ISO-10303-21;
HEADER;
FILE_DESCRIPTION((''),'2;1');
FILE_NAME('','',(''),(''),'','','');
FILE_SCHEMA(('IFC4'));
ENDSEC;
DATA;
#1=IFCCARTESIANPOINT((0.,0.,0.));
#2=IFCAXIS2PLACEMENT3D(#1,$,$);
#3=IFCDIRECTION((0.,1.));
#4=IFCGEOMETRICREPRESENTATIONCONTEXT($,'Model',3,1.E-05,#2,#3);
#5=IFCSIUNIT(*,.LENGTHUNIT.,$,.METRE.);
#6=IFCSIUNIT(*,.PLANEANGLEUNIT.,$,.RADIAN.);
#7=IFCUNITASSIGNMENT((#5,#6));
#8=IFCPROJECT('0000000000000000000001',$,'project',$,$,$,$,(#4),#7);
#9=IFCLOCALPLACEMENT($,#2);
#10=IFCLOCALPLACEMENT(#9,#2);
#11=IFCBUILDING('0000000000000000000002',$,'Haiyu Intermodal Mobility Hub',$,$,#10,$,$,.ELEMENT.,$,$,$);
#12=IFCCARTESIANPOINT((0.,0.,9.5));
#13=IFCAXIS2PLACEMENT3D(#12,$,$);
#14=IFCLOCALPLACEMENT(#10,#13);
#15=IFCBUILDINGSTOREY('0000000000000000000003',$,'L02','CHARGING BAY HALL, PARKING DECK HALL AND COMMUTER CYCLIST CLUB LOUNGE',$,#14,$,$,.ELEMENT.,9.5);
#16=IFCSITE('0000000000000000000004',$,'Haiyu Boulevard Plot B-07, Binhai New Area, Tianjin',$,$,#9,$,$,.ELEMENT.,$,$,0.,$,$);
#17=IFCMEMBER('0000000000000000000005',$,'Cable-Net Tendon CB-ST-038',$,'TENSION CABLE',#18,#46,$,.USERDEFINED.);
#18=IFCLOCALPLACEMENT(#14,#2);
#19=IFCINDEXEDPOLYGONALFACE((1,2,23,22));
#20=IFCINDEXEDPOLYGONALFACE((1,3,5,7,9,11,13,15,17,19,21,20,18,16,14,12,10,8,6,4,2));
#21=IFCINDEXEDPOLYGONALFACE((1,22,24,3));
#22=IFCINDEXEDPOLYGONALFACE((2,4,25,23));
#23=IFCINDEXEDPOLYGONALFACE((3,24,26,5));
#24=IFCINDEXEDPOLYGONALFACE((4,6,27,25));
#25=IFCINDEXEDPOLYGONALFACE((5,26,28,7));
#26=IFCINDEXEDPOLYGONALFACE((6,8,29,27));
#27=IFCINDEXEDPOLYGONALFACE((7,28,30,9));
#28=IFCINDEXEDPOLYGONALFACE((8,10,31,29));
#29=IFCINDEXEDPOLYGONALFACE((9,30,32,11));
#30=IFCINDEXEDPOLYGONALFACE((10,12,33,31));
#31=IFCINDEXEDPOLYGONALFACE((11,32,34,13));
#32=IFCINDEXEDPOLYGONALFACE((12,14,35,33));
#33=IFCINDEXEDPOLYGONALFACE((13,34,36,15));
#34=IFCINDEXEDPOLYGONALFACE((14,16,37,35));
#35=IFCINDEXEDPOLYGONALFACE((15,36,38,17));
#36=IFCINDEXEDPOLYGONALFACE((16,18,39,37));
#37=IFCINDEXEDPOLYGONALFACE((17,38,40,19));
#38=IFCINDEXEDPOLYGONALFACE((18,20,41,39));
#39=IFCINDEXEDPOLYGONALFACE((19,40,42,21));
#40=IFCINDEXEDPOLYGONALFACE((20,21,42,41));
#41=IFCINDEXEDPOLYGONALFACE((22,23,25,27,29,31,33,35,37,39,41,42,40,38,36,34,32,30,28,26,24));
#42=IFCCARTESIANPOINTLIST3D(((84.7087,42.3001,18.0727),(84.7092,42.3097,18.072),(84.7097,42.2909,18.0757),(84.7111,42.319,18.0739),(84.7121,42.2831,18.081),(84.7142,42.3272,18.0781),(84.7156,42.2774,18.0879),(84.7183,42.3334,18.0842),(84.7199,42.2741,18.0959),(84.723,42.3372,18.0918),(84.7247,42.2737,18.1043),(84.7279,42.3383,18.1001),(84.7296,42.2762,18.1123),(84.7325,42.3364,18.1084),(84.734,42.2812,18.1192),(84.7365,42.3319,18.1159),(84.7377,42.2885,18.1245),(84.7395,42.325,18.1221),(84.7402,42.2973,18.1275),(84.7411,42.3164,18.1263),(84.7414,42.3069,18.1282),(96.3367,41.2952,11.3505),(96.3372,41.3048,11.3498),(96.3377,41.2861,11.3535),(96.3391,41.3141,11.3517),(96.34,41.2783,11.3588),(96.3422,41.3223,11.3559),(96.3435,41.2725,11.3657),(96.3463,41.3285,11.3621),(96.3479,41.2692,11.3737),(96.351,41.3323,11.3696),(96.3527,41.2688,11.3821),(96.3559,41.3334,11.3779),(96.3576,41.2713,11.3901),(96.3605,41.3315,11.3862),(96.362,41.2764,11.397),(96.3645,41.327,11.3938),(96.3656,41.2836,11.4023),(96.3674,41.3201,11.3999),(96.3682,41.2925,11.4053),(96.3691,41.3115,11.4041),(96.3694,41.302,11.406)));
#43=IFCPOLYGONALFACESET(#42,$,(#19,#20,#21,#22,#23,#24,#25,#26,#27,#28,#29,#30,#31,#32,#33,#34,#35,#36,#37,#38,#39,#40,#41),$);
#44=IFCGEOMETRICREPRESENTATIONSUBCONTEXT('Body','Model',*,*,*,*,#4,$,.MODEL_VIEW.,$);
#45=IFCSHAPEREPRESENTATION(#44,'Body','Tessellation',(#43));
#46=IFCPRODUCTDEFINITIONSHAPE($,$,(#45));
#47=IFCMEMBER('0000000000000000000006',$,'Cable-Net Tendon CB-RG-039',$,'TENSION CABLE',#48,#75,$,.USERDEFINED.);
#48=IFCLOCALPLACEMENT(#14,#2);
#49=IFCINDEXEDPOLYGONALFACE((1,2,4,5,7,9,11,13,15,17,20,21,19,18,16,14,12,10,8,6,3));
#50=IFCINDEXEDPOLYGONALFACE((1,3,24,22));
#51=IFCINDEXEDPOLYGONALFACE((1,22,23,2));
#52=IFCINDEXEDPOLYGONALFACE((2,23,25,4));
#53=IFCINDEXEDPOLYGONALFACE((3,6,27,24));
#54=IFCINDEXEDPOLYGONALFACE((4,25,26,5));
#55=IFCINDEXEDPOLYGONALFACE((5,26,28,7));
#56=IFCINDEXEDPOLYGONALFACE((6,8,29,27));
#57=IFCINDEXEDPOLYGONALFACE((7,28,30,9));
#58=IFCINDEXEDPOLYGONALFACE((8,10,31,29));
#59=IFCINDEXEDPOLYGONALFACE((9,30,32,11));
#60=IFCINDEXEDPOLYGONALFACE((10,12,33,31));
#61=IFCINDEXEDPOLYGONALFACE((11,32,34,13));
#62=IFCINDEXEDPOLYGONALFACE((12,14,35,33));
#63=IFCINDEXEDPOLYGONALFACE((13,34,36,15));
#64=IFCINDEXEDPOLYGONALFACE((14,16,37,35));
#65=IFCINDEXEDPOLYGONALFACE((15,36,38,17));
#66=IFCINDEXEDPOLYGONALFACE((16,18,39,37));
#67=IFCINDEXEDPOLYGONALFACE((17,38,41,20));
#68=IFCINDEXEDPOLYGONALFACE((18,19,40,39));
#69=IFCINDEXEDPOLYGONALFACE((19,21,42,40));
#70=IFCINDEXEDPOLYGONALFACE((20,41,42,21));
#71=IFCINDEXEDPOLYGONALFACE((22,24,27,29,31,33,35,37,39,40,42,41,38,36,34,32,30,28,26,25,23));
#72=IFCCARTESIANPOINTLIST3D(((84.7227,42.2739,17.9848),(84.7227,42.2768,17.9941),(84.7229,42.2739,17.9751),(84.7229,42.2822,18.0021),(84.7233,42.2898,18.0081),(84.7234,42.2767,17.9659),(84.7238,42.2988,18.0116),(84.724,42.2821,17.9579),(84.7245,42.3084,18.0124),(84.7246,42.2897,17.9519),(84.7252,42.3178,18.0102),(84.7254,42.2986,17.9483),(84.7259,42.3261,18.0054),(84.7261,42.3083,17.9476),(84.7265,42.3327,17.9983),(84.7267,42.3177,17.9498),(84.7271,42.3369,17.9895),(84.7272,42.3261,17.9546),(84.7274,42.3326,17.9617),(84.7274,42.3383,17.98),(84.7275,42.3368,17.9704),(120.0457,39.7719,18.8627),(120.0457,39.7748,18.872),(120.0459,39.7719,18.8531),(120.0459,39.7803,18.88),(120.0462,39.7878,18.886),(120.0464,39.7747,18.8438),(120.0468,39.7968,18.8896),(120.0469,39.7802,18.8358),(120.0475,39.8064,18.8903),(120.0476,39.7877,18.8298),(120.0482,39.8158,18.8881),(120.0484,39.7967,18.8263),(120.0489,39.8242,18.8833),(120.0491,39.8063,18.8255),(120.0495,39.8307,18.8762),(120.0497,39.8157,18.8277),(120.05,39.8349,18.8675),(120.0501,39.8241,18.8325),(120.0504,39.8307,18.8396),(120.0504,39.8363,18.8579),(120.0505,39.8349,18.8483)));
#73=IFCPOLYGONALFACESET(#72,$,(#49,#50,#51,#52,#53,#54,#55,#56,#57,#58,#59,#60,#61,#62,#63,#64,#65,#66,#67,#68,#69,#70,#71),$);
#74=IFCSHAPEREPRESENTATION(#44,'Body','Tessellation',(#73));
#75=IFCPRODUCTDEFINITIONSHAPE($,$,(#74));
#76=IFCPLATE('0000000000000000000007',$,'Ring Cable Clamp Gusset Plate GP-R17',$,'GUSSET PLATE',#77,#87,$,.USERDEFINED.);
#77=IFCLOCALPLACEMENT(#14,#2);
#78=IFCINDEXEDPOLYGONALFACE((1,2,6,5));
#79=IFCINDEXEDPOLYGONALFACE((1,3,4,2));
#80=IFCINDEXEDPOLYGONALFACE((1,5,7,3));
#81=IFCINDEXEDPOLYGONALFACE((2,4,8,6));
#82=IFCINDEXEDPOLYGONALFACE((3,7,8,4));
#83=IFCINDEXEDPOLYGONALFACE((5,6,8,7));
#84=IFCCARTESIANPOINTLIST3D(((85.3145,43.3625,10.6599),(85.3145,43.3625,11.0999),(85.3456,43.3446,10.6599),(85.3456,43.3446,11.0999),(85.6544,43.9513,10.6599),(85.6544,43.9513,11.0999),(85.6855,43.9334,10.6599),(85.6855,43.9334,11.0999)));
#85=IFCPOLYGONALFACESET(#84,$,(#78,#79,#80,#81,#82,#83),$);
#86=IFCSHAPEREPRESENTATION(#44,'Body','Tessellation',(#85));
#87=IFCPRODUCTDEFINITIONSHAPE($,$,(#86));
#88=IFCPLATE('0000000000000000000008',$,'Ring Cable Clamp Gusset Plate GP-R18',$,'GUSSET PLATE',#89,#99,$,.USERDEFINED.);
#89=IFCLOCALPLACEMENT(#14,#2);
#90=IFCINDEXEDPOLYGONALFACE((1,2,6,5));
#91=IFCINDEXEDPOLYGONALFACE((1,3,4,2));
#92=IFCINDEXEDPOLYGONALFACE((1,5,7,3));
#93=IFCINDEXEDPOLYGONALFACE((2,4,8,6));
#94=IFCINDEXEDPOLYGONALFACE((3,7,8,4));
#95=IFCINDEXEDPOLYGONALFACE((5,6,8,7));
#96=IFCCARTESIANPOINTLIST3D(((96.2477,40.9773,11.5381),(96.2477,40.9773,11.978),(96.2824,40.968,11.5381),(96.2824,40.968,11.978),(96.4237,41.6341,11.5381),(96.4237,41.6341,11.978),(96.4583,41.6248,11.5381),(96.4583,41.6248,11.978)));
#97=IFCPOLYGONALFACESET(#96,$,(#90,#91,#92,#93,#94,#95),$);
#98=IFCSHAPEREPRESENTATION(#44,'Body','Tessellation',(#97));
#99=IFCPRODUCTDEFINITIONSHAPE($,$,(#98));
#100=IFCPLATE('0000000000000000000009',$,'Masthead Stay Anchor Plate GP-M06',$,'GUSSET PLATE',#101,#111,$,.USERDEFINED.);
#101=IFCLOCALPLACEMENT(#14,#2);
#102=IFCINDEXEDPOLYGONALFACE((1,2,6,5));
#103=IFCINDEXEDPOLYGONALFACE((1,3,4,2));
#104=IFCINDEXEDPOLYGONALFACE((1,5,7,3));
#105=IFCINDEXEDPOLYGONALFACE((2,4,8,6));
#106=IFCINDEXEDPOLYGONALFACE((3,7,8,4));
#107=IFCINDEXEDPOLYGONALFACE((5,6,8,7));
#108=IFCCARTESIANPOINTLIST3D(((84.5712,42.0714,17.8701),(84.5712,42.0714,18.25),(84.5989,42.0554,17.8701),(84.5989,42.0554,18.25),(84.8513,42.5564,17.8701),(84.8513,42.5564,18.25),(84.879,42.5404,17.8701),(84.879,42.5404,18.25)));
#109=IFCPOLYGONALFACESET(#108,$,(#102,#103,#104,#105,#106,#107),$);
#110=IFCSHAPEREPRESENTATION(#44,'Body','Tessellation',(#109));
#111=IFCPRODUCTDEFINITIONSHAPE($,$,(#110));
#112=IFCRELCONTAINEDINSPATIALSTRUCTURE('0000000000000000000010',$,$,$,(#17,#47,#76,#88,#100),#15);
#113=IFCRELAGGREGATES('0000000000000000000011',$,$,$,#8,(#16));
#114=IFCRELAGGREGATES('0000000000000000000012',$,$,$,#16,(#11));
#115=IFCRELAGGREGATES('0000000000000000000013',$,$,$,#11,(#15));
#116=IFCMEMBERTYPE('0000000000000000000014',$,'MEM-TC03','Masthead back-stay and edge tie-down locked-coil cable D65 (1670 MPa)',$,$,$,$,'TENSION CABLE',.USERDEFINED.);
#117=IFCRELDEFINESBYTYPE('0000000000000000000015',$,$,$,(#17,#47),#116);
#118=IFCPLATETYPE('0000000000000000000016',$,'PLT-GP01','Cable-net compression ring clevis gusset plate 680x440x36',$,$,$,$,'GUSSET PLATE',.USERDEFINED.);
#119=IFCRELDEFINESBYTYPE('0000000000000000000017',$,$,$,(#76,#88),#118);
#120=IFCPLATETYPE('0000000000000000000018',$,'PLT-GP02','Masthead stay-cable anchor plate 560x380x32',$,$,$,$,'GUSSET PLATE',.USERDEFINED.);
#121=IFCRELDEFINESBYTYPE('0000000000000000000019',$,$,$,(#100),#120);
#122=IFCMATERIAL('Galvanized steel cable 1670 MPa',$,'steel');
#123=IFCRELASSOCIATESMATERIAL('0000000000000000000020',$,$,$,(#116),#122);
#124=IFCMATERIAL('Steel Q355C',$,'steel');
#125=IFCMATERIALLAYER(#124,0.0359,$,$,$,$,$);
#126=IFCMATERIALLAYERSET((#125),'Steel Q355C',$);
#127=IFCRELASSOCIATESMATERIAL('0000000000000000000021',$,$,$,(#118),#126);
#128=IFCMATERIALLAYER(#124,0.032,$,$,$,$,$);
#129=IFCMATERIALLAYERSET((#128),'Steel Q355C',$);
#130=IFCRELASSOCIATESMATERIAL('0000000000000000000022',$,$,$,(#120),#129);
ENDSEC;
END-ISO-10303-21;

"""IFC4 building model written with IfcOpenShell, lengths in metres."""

from ifc_helpers import new_model, si_unit, direction, frame, origin, origin_2d, place, context, subcontext, project, spatial, rectangle, circle, extrude, material, layer, layer_set, material_profile, profile_set, type_object, element, save


model = new_model("IFC4")

# Units and contexts
model_context = context("Model", 3, precision=1e-05, world=origin(), true_north=direction((0.0, 1.0)))
body_context = subcontext(model_context, "Body", "Model", "MODEL_VIEW")
ifc_project = project(units=[si_unit("LENGTHUNIT", "METRE"), si_unit("PLANEANGLEUNIT", "RADIAN")], contexts=[model_context])

# Site, building, storey
site_placement = place(None, origin())
site = spatial("IfcSite", under=ifc_project, at=site_placement, Name="Haiyu Boulevard Plot B-07, Binhai New Area, Tianjin", CompositionType="ELEMENT", RefElevation=0.0)
building_placement = place(site_placement, origin())
building = spatial("IfcBuilding", under=site, at=building_placement, Name="Haiyu Intermodal Mobility Hub", CompositionType="ELEMENT")
storey_placement = place(building_placement, frame((0.0, 0.0, 9.5)))
storey = spatial("IfcBuildingStorey", under=building, at=storey_placement, Name="L02", Description="CHARGING BAY HALL, PARKING DECK HALL AND COMMUTER CYCLIST CLUB LOUNGE", CompositionType="ELEMENT", Elevation=9.5)

# Shared definitions
ifc_material_1 = material(Name="Steel Q355C", Category="steel")

# Members
ifc_material_2 = material(Name="Galvanized steel cable 1670 MPa", Category="steel")
ifc_material_profile_1 = material_profile(ifc_material_2, circle(Radius=0.0325, at=origin_2d()), Name="CABLE65")
ifc_profile_set_1 = profile_set([ifc_material_profile_1], Name="Galvanized steel cable 1670 MPa")
member_type_1 = type_object("IfcMemberType", Name="MEM-TC03", Description="Masthead back-stay and edge tie-down locked-coil cable D65 (1670 MPa)", ElementType="TENSION CABLE", PredefinedType="USERDEFINED", material=ifc_profile_set_1)
member_1_placement = place(storey_placement, frame((84.7251, 42.3059, 18.1001), z_axis=(0.863329, -0.074609, -0.499095), x_axis=(0.086099, 0.996287, 0.0)))
element("IfcMember", 1, at=member_1_placement, inside=storey, type_object=member_type_1, Name="Cable-Net Tendon CB-ST-038", ObjectType="TENSION CABLE", PredefinedType="USERDEFINED", context=body_context, shape_type="SweptSolid", body=[
    extrude(circle(Radius=0.0325, at=origin_2d()), origin(), (0.0, 0.0, 1.0), 13.4688),
])
member_2_placement = place(storey_placement, frame((84.7251, 42.3059, 17.98), z_axis=(0.997194, -0.070632, 0.024785), x_axis=(0.070654, 0.997501, 0.0)))
element("IfcMember", 2, at=member_2_placement, inside=storey, type_object=member_type_1, Name="Cable-Net Tendon CB-RG-039", ObjectType="TENSION CABLE", PredefinedType="USERDEFINED", context=body_context, shape_type="SweptSolid", body=[
    extrude(circle(Radius=0.0325, at=origin_2d()), origin(), (0.0, 0.0, 1.0), 35.4224),
])

# Plates
ifc_layer_1 = layer(ifc_material_1, 0.0359)
ifc_layer_set_1 = layer_set([ifc_layer_1], Name="Steel Q355C")
plate_type_1 = type_object("IfcPlateType", Name="PLT-GP01", Description="Cable-net compression ring clevis gusset plate 680x440x36", ElementType="GUSSET PLATE", PredefinedType="USERDEFINED", material=ifc_layer_set_1)
for number, where, z_axis, x_axis, name in (
    (3, (85.5, 43.6479, 10.6599), (0.0, 0.0, 1.0), (-0.5, -0.866025, 0.0), "Ring Cable Clamp Gusset Plate GP-R17"),
    (4, (96.353, 41.301, 11.5381), (0.0, 0.0, 1.0), (-0.258819, -0.965926, 0.0), "Ring Cable Clamp Gusset Plate GP-R18"),
):
    element("IfcPlate", number, at=place(storey_placement, frame(where, z_axis=z_axis, x_axis=x_axis)), inside=storey, type_object=plate_type_1, Name=name, ObjectType="GUSSET PLATE", PredefinedType="USERDEFINED", context=body_context, shape_type="SweptSolid", body=[
        extrude(rectangle(XDim=0.6799, YDim=0.0359, at=origin_2d()), origin(), (0.0, 0.0, 1.0), 0.4399),
    ])
ifc_layer_2 = layer(ifc_material_1, 0.032)
ifc_layer_set_2 = layer_set([ifc_layer_2], Name="Steel Q355C")
plate_type_2 = type_object("IfcPlateType", Name="PLT-GP02", Description="Masthead stay-cable anchor plate 560x380x32", ElementType="GUSSET PLATE", PredefinedType="USERDEFINED", material=ifc_layer_set_2)
plate_placement = place(storey_placement, frame((84.7251, 42.3059, 17.8701), z_axis=(0.0, 0.0, 1.0), x_axis=(-0.5, -0.866025, 0.0)))
element("IfcPlate", 5, at=plate_placement, inside=storey, type_object=plate_type_2, Name="Masthead Stay Anchor Plate GP-M06", ObjectType="GUSSET PLATE", PredefinedType="USERDEFINED", context=body_context, shape_type="SweptSolid", body=[
    extrude(rectangle(XDim=0.5601, YDim=0.032, at=origin_2d()), origin(), (0.0, 0.0, 1.0), 0.3799),
])

save(model, "model.ifc")
